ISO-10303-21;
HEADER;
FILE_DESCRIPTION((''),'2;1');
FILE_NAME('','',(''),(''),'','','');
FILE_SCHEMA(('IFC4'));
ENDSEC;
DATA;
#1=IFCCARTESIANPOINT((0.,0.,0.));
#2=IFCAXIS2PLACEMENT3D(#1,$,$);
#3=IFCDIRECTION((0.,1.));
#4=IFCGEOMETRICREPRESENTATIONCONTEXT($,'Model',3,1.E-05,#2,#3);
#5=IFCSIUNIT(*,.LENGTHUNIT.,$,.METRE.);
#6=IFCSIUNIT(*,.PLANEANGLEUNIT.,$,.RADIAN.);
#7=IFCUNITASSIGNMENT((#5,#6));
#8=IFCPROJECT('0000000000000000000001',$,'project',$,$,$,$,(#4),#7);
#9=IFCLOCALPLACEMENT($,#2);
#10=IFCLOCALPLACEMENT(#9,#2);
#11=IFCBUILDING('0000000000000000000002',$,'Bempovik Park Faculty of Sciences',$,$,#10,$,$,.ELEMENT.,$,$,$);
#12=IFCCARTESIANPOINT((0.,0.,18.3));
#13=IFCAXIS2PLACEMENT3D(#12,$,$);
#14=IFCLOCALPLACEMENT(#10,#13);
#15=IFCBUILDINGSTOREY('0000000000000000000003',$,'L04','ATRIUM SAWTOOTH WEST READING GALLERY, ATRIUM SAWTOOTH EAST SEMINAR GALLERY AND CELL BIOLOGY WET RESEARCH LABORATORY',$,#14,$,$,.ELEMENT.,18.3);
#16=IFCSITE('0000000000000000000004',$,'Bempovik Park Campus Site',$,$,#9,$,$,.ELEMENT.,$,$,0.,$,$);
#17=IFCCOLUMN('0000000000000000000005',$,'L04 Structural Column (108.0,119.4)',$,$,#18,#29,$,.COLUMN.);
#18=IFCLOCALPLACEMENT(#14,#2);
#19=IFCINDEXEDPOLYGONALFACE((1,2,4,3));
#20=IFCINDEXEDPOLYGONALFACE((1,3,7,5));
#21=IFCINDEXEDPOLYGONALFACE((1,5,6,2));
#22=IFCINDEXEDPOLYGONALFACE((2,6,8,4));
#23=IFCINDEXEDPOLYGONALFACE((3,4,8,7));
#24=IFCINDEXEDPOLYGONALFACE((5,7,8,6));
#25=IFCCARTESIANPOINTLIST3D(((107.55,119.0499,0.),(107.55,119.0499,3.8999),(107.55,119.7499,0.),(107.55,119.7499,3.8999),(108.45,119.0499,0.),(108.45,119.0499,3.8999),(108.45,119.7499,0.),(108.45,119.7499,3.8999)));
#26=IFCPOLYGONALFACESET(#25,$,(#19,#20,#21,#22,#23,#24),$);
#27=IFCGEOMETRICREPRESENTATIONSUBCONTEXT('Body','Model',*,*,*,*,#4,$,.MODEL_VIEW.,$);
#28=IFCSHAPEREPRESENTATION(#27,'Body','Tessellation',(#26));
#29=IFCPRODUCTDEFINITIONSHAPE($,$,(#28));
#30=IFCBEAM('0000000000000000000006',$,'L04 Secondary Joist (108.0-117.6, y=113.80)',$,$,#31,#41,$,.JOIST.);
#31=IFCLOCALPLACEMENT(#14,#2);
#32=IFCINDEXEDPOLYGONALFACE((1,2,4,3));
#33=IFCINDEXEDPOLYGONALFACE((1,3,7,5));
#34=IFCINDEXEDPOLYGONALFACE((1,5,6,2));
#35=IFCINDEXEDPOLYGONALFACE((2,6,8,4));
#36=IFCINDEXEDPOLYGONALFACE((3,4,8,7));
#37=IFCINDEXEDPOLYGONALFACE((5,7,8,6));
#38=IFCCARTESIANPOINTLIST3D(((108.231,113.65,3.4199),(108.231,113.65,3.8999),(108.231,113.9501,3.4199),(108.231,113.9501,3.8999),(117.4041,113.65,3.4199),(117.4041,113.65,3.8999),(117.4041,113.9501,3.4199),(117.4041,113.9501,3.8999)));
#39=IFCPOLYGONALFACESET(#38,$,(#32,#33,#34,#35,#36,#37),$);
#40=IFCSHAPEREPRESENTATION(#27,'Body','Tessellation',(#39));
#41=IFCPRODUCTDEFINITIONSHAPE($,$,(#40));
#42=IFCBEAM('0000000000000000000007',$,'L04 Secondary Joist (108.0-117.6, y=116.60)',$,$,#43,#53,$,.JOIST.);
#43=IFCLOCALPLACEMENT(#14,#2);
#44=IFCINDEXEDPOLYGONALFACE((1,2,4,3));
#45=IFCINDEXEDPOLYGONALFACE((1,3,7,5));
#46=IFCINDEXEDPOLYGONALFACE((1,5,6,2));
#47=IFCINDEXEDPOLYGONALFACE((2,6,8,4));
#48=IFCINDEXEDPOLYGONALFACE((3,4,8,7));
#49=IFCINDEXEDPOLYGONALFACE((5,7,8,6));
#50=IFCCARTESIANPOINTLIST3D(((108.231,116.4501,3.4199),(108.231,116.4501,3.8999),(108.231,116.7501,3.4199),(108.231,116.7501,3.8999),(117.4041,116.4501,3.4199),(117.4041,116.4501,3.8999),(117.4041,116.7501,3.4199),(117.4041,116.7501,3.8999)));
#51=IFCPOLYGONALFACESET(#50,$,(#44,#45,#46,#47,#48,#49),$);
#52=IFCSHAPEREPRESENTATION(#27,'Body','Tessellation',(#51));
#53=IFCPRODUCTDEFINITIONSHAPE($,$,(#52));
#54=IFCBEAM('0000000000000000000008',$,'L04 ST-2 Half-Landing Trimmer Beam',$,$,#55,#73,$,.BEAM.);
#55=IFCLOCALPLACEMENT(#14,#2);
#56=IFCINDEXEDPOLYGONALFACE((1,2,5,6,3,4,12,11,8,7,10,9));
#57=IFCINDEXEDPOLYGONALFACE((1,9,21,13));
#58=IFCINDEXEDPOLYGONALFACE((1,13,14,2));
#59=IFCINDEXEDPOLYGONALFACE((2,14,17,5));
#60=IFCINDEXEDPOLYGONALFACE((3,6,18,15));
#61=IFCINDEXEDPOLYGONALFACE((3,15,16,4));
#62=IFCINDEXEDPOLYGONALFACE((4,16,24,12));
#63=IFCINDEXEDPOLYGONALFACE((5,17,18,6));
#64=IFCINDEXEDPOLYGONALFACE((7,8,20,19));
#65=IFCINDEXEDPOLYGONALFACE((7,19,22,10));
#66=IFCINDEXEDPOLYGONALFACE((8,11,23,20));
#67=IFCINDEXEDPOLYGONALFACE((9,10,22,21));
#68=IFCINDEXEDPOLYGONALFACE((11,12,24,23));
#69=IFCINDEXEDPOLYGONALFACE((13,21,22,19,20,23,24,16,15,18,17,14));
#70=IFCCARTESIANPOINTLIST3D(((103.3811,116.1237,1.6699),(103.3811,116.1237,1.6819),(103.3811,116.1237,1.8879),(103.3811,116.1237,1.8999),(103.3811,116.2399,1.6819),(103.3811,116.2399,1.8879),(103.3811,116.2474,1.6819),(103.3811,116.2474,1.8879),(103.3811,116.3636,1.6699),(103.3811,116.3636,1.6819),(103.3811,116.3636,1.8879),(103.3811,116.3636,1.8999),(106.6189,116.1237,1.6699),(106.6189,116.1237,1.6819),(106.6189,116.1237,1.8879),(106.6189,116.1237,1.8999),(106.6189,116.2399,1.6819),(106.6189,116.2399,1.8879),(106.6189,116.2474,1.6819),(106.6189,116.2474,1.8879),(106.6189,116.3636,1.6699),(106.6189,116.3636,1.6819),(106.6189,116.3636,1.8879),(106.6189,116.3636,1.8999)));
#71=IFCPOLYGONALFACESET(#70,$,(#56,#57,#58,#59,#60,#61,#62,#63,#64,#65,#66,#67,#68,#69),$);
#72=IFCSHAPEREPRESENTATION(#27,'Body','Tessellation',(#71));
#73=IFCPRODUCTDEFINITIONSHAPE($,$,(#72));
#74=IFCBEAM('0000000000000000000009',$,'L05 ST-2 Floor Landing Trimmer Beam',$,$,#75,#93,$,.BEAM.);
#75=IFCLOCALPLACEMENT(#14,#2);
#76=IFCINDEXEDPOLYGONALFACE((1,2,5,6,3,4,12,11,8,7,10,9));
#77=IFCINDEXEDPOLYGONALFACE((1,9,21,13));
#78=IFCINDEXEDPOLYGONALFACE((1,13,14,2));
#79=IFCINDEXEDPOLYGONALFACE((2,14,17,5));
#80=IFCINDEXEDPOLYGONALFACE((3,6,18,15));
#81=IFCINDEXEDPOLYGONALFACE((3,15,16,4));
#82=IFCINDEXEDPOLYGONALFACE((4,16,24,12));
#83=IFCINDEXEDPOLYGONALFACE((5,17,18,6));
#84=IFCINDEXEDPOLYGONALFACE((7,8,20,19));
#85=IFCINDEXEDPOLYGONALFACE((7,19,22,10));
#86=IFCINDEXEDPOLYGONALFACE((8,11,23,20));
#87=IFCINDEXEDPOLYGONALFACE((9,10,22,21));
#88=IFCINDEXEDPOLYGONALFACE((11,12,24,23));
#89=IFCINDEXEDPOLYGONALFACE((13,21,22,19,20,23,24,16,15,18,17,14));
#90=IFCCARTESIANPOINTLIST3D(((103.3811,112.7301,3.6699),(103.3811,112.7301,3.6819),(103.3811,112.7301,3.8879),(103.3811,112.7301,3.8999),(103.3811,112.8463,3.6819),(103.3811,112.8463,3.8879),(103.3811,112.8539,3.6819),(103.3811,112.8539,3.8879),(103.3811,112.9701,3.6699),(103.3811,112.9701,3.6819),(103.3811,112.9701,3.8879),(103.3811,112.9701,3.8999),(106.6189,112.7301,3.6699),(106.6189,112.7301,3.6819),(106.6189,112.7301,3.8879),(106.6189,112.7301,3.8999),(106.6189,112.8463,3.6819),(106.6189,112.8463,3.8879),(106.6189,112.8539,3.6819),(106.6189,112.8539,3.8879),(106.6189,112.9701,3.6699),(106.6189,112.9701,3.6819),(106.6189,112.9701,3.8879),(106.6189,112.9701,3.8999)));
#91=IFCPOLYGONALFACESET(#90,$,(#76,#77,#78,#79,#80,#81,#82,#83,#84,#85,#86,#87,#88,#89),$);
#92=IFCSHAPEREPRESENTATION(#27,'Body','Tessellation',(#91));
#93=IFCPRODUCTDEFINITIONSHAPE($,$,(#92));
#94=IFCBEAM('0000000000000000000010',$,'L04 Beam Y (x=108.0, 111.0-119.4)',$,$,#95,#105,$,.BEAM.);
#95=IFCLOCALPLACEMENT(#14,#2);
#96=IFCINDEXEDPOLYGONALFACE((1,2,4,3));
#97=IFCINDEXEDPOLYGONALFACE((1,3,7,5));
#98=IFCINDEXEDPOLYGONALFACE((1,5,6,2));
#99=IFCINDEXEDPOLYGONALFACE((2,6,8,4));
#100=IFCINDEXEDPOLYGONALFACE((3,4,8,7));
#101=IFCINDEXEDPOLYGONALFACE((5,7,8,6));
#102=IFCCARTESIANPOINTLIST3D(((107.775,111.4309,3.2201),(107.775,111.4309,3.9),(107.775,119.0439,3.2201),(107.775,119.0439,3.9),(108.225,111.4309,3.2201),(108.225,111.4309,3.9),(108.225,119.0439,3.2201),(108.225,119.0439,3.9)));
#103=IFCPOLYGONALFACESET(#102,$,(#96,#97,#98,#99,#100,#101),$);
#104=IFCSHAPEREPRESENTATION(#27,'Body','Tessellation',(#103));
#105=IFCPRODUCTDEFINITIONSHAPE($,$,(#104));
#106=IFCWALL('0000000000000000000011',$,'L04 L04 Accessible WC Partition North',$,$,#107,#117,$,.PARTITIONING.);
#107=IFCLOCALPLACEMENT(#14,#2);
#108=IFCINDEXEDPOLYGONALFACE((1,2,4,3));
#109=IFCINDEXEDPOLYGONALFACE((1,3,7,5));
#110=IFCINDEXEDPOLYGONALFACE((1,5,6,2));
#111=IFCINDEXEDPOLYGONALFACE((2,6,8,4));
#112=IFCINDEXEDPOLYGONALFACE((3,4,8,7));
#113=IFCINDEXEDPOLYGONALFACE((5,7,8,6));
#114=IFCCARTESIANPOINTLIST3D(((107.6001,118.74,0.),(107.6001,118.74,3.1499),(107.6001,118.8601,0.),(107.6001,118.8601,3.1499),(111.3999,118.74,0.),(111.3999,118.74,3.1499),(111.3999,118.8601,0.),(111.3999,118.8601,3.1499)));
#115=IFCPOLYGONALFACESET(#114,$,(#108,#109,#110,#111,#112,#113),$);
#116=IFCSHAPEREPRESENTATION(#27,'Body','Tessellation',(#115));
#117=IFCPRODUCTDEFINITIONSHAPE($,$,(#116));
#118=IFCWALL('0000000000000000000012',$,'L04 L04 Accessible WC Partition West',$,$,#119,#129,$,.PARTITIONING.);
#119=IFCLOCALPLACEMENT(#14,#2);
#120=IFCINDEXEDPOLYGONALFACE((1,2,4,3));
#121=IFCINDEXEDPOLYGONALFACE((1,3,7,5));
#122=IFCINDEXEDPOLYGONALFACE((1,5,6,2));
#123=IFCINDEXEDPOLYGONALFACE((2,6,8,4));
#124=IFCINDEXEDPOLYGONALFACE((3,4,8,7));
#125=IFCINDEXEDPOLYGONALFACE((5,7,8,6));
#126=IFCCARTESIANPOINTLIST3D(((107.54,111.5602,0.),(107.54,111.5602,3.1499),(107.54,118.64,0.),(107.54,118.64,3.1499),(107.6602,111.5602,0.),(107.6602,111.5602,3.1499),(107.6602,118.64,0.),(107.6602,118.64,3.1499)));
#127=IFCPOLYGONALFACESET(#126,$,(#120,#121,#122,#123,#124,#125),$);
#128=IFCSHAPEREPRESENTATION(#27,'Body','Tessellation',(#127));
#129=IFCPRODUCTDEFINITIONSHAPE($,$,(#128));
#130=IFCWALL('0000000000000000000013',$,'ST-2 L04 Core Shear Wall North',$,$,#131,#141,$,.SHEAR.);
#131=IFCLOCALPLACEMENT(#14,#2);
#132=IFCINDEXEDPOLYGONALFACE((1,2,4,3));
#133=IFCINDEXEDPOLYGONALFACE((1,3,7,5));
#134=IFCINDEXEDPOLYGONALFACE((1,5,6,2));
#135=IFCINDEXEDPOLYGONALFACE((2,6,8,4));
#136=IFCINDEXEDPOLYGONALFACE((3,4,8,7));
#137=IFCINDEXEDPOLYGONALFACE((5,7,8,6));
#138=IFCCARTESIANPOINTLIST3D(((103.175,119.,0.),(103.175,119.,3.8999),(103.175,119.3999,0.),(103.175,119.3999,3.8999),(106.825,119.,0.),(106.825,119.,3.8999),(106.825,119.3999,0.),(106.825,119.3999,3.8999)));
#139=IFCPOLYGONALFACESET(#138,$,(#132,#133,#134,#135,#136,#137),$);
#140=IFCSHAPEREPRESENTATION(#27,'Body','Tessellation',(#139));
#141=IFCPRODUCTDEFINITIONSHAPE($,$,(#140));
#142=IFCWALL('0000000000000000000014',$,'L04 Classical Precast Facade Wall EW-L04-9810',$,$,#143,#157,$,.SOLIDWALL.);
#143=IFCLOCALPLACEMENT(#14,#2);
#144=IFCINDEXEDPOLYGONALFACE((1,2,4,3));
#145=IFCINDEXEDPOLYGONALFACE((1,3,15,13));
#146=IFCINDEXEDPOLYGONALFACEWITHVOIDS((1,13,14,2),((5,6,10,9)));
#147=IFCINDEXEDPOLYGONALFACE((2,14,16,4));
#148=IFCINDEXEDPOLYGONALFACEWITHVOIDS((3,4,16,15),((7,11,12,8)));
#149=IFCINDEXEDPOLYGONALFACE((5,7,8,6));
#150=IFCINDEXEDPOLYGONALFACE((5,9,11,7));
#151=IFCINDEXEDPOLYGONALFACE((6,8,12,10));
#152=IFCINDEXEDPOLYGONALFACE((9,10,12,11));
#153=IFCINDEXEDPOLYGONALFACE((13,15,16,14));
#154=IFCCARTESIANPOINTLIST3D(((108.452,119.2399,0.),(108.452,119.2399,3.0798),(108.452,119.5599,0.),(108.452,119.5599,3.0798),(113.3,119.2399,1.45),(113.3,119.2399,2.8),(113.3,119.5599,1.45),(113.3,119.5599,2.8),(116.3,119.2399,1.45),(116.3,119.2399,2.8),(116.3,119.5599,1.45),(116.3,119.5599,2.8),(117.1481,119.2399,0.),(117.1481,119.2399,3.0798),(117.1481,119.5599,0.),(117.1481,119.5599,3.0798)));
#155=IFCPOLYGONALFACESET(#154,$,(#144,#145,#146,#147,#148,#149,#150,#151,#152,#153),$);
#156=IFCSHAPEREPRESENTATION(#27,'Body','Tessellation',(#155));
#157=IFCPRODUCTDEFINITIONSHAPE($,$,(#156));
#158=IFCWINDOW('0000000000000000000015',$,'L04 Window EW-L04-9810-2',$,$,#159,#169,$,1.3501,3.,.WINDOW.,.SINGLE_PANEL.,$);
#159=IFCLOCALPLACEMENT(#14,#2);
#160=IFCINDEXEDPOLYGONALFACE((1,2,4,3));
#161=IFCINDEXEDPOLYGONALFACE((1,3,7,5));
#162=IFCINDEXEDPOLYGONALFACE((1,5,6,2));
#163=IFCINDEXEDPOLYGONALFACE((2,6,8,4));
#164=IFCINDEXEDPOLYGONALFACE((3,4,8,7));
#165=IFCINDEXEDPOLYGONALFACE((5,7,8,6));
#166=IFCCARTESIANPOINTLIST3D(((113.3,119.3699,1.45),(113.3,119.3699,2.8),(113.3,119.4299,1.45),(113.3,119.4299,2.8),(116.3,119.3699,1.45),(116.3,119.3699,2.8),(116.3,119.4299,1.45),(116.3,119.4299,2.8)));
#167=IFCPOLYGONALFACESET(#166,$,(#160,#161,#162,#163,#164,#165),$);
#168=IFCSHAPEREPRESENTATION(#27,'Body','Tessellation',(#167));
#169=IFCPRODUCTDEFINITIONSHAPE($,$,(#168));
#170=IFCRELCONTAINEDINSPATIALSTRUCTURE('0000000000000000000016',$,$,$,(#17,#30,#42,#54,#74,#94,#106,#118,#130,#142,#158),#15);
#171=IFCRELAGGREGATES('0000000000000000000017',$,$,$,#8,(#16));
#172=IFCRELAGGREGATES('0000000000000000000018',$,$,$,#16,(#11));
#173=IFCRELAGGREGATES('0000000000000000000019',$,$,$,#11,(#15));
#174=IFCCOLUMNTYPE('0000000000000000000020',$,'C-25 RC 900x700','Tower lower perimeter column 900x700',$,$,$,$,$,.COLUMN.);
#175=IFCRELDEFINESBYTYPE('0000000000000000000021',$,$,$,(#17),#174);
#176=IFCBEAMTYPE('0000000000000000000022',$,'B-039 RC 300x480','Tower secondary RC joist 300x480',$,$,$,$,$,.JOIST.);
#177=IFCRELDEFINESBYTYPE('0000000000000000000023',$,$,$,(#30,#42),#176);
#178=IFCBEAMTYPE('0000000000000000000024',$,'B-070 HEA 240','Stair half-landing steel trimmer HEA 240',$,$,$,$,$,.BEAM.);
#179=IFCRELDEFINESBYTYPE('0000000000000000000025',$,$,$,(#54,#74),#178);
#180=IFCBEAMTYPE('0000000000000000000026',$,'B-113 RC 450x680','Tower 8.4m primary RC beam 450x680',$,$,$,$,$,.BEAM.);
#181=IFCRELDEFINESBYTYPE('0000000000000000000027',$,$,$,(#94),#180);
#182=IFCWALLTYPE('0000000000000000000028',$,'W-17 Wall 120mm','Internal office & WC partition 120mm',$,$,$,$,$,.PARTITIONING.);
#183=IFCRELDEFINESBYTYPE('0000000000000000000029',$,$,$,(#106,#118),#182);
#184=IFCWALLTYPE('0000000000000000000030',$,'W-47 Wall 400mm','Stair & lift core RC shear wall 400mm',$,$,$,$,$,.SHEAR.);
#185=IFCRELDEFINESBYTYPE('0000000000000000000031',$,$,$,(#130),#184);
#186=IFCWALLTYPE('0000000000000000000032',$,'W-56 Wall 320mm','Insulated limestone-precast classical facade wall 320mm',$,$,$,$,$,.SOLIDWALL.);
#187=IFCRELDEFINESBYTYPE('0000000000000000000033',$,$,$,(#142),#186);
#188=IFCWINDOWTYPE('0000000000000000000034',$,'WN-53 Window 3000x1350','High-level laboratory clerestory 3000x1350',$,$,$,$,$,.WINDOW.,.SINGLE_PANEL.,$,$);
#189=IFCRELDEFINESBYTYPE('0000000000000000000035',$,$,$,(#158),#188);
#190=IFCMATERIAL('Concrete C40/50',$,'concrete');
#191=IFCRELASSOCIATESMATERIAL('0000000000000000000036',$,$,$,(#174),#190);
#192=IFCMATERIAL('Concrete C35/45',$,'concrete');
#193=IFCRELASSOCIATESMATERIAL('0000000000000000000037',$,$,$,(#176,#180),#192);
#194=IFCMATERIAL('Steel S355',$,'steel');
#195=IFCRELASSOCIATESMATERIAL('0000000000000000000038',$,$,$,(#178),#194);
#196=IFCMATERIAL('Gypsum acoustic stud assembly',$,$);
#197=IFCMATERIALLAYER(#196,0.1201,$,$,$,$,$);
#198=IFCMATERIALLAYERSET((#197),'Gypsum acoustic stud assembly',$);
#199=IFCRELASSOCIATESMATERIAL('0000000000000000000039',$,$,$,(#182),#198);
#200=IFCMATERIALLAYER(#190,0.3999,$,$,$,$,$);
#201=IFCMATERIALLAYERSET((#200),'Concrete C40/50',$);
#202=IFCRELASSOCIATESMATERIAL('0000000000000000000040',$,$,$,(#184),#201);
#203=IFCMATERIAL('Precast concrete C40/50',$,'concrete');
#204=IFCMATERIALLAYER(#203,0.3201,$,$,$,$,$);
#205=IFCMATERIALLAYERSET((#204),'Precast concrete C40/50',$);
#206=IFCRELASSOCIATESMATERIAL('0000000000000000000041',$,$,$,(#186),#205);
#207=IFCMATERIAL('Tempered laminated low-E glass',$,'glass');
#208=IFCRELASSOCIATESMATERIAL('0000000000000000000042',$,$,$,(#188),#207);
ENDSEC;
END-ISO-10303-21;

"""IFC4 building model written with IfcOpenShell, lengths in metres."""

from ifc_helpers import new_model, si_unit, direction, frame, frame_2d, origin, origin_2d, place, context, subcontext, project, spatial, rectangle, i_section, extrude, material, layer, layer_set, material_profile, profile_set, type_object, element, fill, save


model = new_model("IFC4")

# Units and contexts
model_context = context("Model", 3, precision=1e-05, world=origin(), true_north=direction((0.0, 1.0)))
body_context = subcontext(model_context, "Body", "Model", "MODEL_VIEW")
ifc_project = project(units=[si_unit("LENGTHUNIT", "METRE"), si_unit("PLANEANGLEUNIT", "RADIAN")], contexts=[model_context])

# Site, building, storey
site_placement = place(None, origin())
site = spatial("IfcSite", under=ifc_project, at=site_placement, Name="Bempovik Park Campus Site", CompositionType="ELEMENT", RefElevation=0.0)
building_placement = place(site_placement, origin())
building = spatial("IfcBuilding", under=site, at=building_placement, Name="Bempovik Park Faculty of Sciences", CompositionType="ELEMENT")
storey_placement = place(building_placement, frame((0.0, 0.0, 18.3)))
storey = spatial("IfcBuildingStorey", under=building, at=storey_placement, Name="L04", Description="ATRIUM SAWTOOTH WEST READING GALLERY, ATRIUM SAWTOOTH EAST SEMINAR GALLERY AND CELL BIOLOGY WET RESEARCH LABORATORY", CompositionType="ELEMENT", Elevation=18.3)

# Column
ifc_material_1 = material(Name="Concrete C40/50", Category="concrete")
ifc_material_profile_1 = material_profile(ifc_material_1, rectangle(XDim=0.8999, YDim=0.7, at=origin_2d()), Name="RC 900x700")
ifc_profile_set_1 = profile_set([ifc_material_profile_1], Name="Concrete C40/50")
column_type = type_object("IfcColumnType", Name="C-25 RC 900x700", Description="Tower lower perimeter column 900x700", PredefinedType="COLUMN", material=ifc_profile_set_1)
column_placement = place(storey_placement, frame((108.0, 119.3999, 0.0), z_axis=(0.0, 0.0, 1.0), x_axis=(1.0, 0.0, 0.0)))
element("IfcColumn", 1, at=column_placement, inside=storey, type_object=column_type, Name="L04 Structural Column (108.0,119.4)", PredefinedType="COLUMN", context=body_context, shape_type="SweptSolid", body=[
    extrude(rectangle(XDim=0.8999, YDim=0.7, at=origin_2d()), origin(), (0.0, 0.0, 1.0), 3.8999),
])

# Beams
ifc_material_2 = material(Name="Concrete C35/45", Category="concrete")
ifc_material_profile_2 = material_profile(ifc_material_2, rectangle(XDim=0.3, YDim=0.48, at=origin_2d()), Name="RC 300x480")
ifc_profile_set_2 = profile_set([ifc_material_profile_2], Name="Concrete C35/45")
beam_type_1 = type_object("IfcBeamType", Name="B-039 RC 300x480", Description="Tower secondary RC joist 300x480", PredefinedType="JOIST", material=ifc_profile_set_2)
for number, where, z_axis, x_axis, name in (
    (2, (108.231, 113.8, 3.6599), (1.0, 0.0, 0.0), (0.0, 1.0, 0.0), "L04 Secondary Joist (108.0-117.6, y=113.80)"),
    (3, (108.231, 116.6001, 3.6599), (1.0, 0.0, 0.0), (0.0, 1.0, 0.0), "L04 Secondary Joist (108.0-117.6, y=116.60)"),
):
    element("IfcBeam", number, at=place(storey_placement, frame(where, z_axis=z_axis, x_axis=x_axis)), inside=storey, type_object=beam_type_1, Name=name, PredefinedType="JOIST", context=body_context, shape_type="SweptSolid", body=[
        extrude(rectangle(XDim=0.3, YDim=0.48, at=origin_2d()), origin(), (0.0, 0.0, 1.0), 9.1731),
    ])
ifc_material_3 = material(Name="Steel S355", Category="steel")
ifc_material_profile_3 = material_profile(ifc_material_3, i_section(OverallWidth=0.24, OverallDepth=0.23, WebThickness=0.0076, FlangeThickness=0.012, at=origin_2d()), Name="HEA 240")
ifc_profile_set_3 = profile_set([ifc_material_profile_3], Name="Steel S355")
beam_type_2 = type_object("IfcBeamType", Name="B-070 HEA 240", Description="Stair half-landing steel trimmer HEA 240", PredefinedType="BEAM", material=ifc_profile_set_3)
for number, where, z_axis, x_axis, name in (
    (4, (103.3811, 116.2437, 1.7849), (1.0, 0.0, 0.0), (0.0, 1.0, 0.0), "L04 ST-2 Half-Landing Trimmer Beam"),
    (5, (103.3811, 112.8501, 3.7849), (1.0, 0.0, 0.0), (0.0, 1.0, 0.0), "L05 ST-2 Floor Landing Trimmer Beam"),
):
    element("IfcBeam", number, at=place(storey_placement, frame(where, z_axis=z_axis, x_axis=x_axis)), inside=storey, type_object=beam_type_2, Name=name, PredefinedType="BEAM", context=body_context, shape_type="SweptSolid", body=[
        extrude(i_section(OverallWidth=0.24, OverallDepth=0.23, WebThickness=0.0076, FlangeThickness=0.012, at=origin_2d()), origin(), (0.0, 0.0, 1.0), 3.2378),
    ])
ifc_material_profile_4 = material_profile(ifc_material_2, rectangle(XDim=0.45, YDim=0.6799, at=origin_2d()), Name="RC 450x680")
ifc_profile_set_4 = profile_set([ifc_material_profile_4], Name="Concrete C35/45")
beam_type_3 = type_object("IfcBeamType", Name="B-113 RC 450x680", Description="Tower 8.4m primary RC beam 450x680", PredefinedType="BEAM", material=ifc_profile_set_4)
beam_placement = place(storey_placement, frame((108.0, 111.4309, 3.5601), z_axis=(0.0, 1.0, 0.0), x_axis=(-1.0, 0.0, 0.0)))
element("IfcBeam", 6, at=beam_placement, inside=storey, type_object=beam_type_3, Name="L04 Beam Y (x=108.0, 111.0-119.4)", PredefinedType="BEAM", context=body_context, shape_type="SweptSolid", body=[
    extrude(rectangle(XDim=0.45, YDim=0.6799, at=origin_2d()), origin(), (0.0, 0.0, 1.0), 7.613),
])

# Walls
ifc_material_4 = material(Name="Gypsum acoustic stud assembly")
ifc_layer_1 = layer(ifc_material_4, 0.1201)
ifc_layer_set_1 = layer_set([ifc_layer_1], Name="Gypsum acoustic stud assembly")
wall_type_1 = type_object("IfcWallType", Name="W-17 Wall 120mm", Description="Internal office & WC partition 120mm", PredefinedType="PARTITIONING", material=ifc_layer_set_1)
wall_1_placement = place(storey_placement, frame((107.6001, 118.8, 0.0), z_axis=(0.0, 0.0, 1.0), x_axis=(1.0, 0.0, 0.0)))
element("IfcWall", 7, at=wall_1_placement, inside=storey, type_object=wall_type_1, Name="L04 L04 Accessible WC Partition North", PredefinedType="PARTITIONING", context=body_context, shape_type="SweptSolid", body=[
    extrude(rectangle(XDim=3.7998, YDim=0.1201, at=frame_2d((1.8999, 0.0))), origin(), (0.0, 0.0, 1.0), 3.1499),
])
wall_2_placement = place(storey_placement, frame((107.6001, 111.5601, 0.0), z_axis=(0.0, 0.0, 1.0), x_axis=(0.0, 1.0, 0.0)))
element("IfcWall", 8, at=wall_2_placement, inside=storey, type_object=wall_type_1, Name="L04 L04 Accessible WC Partition West", PredefinedType="PARTITIONING", context=body_context, shape_type="SweptSolid", body=[
    extrude(rectangle(XDim=7.0798, YDim=0.1201, at=frame_2d((3.54, 0.0))), origin(), (0.0, 0.0, 1.0), 3.1499),
])
ifc_layer_2 = layer(ifc_material_1, 0.3999)
ifc_layer_set_2 = layer_set([ifc_layer_2], Name="Concrete C40/50")
wall_type_2 = type_object("IfcWallType", Name="W-47 Wall 400mm", Description="Stair & lift core RC shear wall 400mm", PredefinedType="SHEAR", material=ifc_layer_set_2)
wall_3_placement = place(storey_placement, frame((103.175, 119.2, 0.0), z_axis=(0.0, 0.0, 1.0), x_axis=(1.0, 0.0, 0.0)))
element("IfcWall", 9, at=wall_3_placement, inside=storey, type_object=wall_type_2, Name="ST-2 L04 Core Shear Wall North", PredefinedType="SHEAR", context=body_context, shape_type="SweptSolid", body=[
    extrude(rectangle(XDim=3.6499, YDim=0.3999, at=frame_2d((1.825, 0.0))), origin(), (0.0, 0.0, 1.0), 3.8999),
])

# Wall, opening, window
ifc_material_5 = material(Name="Precast concrete C40/50", Category="concrete")
ifc_layer_3 = layer(ifc_material_5, 0.3201)
ifc_layer_set_3 = layer_set([ifc_layer_3], Name="Precast concrete C40/50")
wall_type_3 = type_object("IfcWallType", Name="W-56 Wall 320mm", Description="Insulated limestone-precast classical facade wall 320mm", PredefinedType="SOLIDWALL", material=ifc_layer_set_3)
wall_4_placement = place(storey_placement, frame((108.4519, 119.3999, 0.0), z_axis=(0.0, 0.0, 1.0), x_axis=(1.0, 0.0, 0.0)))
wall_4 = element("IfcWall", 10, at=wall_4_placement, inside=storey, type_object=wall_type_3, Name="L04 Classical Precast Facade Wall EW-L04-9810", PredefinedType="SOLIDWALL", context=body_context, shape_type="SweptSolid", body=[
    extrude(rectangle(XDim=8.696, YDim=0.3201, at=frame_2d((4.3481, 0.0))), origin(), (0.0, 0.0, 1.0), 3.0798),
])
opening_placement = place(wall_4_placement, frame((4.8481, 0.0, 1.45)))
opening = element("IfcOpeningElement", 11, at=opening_placement, cuts=wall_4, PredefinedType="OPENING", context=body_context, shape_type="SweptSolid", body=[
    extrude(rectangle(XDim=3.0, YDim=1.3501, at=frame_2d((1.5, 0.675))), frame((0.0, 0.1699, 0.0), z_axis=(0.0, -1.0, 0.0), x_axis=(1.0, 0.0, 0.0)), (0.0, 0.0, 1.0), 0.3401),
])
ifc_material_6 = material(Name="Tempered laminated low-E glass", Category="glass")
window_type = type_object("IfcWindowType", Name="WN-53 Window 3000x1350", Description="High-level laboratory clerestory 3000x1350", PartitioningType="SINGLE_PANEL", PredefinedType="WINDOW", material=ifc_material_6)
window_placement = place(opening_placement, origin())
window = element("IfcWindow", 12, at=window_placement, inside=storey, type_object=window_type, Name="L04 Window EW-L04-9810-2", OverallHeight=1.3501, OverallWidth=3.0, PartitioningType="SINGLE_PANEL", PredefinedType="WINDOW", context=body_context, shape_type="SweptSolid", body=[
    extrude(rectangle(XDim=3.0, YDim=1.3501, at=frame_2d((1.5, 0.675))), frame((0.0, 0.03, 0.0), z_axis=(0.0, -1.0, 0.0), x_axis=(1.0, 0.0, 0.0)), (0.0, 0.0, 1.0), 0.0601),
])
fill(opening, window)

save(model, "model.ifc")
